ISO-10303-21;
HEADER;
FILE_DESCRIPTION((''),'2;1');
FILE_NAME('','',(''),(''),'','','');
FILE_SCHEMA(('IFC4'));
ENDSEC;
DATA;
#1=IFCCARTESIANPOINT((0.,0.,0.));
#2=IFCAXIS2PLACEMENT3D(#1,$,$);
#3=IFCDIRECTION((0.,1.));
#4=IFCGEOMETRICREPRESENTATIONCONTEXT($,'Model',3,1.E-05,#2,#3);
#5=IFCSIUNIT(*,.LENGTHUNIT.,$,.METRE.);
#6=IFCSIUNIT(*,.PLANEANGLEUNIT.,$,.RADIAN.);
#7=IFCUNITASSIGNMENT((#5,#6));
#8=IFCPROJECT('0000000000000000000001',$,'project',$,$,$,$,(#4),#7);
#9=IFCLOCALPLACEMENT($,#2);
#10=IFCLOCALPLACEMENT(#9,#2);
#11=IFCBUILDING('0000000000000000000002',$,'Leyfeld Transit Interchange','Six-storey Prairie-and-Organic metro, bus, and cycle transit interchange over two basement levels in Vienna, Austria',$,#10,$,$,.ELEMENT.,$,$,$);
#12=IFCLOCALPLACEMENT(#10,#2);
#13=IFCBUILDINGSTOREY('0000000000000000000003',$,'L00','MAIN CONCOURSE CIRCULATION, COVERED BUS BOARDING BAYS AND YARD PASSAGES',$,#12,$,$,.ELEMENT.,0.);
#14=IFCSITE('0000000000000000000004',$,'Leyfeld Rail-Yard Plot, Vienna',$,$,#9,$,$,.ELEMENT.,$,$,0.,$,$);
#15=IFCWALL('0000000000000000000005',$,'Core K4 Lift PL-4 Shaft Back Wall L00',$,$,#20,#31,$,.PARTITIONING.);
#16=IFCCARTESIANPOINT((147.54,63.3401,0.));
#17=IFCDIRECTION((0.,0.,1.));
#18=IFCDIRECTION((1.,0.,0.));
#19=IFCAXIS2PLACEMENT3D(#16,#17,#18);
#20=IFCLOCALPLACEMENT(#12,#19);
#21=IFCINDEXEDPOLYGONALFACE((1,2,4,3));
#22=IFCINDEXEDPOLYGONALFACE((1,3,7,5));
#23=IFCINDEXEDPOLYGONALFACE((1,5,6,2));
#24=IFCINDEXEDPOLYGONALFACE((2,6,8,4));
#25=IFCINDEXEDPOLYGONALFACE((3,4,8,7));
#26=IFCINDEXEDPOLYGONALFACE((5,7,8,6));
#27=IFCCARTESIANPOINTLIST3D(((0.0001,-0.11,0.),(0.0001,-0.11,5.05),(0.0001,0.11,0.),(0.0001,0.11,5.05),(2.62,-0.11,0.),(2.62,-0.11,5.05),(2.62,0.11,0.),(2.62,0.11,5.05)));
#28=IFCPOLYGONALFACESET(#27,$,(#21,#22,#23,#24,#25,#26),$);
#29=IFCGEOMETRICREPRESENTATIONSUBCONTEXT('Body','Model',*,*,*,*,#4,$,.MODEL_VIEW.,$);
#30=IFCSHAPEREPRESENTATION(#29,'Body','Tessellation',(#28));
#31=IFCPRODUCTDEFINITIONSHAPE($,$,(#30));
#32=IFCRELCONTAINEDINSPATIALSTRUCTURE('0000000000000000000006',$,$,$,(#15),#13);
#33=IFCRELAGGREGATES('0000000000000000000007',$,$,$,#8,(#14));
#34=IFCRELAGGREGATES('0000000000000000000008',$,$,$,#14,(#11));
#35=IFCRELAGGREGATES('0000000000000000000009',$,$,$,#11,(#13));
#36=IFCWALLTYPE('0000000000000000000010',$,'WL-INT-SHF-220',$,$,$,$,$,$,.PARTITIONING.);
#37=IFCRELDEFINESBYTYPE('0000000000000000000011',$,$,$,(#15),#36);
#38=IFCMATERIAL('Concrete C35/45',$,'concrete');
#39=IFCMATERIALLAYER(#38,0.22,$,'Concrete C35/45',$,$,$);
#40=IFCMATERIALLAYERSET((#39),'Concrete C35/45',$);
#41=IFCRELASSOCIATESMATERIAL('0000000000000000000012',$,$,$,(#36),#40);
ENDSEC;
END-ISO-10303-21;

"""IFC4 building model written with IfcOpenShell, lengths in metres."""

from ifc_helpers import new_model, si_unit, direction, frame, frame_2d, origin, place, context, subcontext, project, spatial, rectangle, extrude, material, layer, layer_set, type_object, element, save


model = new_model("IFC4")

# Units and contexts
model_context = context("Model", 3, precision=1e-05, world=origin(), true_north=direction((0.0, 1.0)))
body_context = subcontext(model_context, "Body", "Model", "MODEL_VIEW")
ifc_project = project(units=[si_unit("LENGTHUNIT", "METRE"), si_unit("PLANEANGLEUNIT", "RADIAN")], contexts=[model_context])

# Site, building, storey
site_placement = place(None, origin())
site = spatial("IfcSite", under=ifc_project, at=site_placement, Name="Leyfeld Rail-Yard Plot, Vienna", CompositionType="ELEMENT", RefElevation=0.0)
building_placement = place(site_placement, origin())
building = spatial("IfcBuilding", under=site, at=building_placement, Name="Leyfeld Transit Interchange", Description="Six-storey Prairie-and-Organic metro, bus, and cycle transit interchange over two basement levels in Vienna, Austria", CompositionType="ELEMENT")
storey_placement = place(building_placement, origin())
storey = spatial("IfcBuildingStorey", under=building, at=storey_placement, Name="L00", Description="MAIN CONCOURSE CIRCULATION, COVERED BUS BOARDING BAYS AND YARD PASSAGES", CompositionType="ELEMENT", Elevation=0.0)

# Shared definitions
ifc_material_1 = material(Name="Concrete C35/45", Category="concrete")

# Wall
ifc_layer_1 = layer(ifc_material_1, 0.22, Name="Concrete C35/45")
ifc_layer_set_1 = layer_set([ifc_layer_1], Name="Concrete C35/45")
wall_type_1 = type_object("IfcWallType", Name="WL-INT-SHF-220", PredefinedType="PARTITIONING", material=ifc_layer_set_1)
wall_1_placement = place(storey_placement, frame((147.54, 63.3401, 0.0), z_axis=(0.0, 0.0, 1.0), x_axis=(1.0, 0.0, 0.0)))
element("IfcWall", 1, at=wall_1_placement, inside=storey, type_object=wall_type_1, Name="Core K4 Lift PL-4 Shaft Back Wall L00", PredefinedType="PARTITIONING", context=body_context, shape_type="SweptSolid", body=[
    extrude(rectangle(XDim=2.6199, YDim=0.22, at=frame_2d((1.3101, 0.0))), origin(), (0.0, 0.0, 1.0), 5.05),
])

save(model, "model.ifc")
